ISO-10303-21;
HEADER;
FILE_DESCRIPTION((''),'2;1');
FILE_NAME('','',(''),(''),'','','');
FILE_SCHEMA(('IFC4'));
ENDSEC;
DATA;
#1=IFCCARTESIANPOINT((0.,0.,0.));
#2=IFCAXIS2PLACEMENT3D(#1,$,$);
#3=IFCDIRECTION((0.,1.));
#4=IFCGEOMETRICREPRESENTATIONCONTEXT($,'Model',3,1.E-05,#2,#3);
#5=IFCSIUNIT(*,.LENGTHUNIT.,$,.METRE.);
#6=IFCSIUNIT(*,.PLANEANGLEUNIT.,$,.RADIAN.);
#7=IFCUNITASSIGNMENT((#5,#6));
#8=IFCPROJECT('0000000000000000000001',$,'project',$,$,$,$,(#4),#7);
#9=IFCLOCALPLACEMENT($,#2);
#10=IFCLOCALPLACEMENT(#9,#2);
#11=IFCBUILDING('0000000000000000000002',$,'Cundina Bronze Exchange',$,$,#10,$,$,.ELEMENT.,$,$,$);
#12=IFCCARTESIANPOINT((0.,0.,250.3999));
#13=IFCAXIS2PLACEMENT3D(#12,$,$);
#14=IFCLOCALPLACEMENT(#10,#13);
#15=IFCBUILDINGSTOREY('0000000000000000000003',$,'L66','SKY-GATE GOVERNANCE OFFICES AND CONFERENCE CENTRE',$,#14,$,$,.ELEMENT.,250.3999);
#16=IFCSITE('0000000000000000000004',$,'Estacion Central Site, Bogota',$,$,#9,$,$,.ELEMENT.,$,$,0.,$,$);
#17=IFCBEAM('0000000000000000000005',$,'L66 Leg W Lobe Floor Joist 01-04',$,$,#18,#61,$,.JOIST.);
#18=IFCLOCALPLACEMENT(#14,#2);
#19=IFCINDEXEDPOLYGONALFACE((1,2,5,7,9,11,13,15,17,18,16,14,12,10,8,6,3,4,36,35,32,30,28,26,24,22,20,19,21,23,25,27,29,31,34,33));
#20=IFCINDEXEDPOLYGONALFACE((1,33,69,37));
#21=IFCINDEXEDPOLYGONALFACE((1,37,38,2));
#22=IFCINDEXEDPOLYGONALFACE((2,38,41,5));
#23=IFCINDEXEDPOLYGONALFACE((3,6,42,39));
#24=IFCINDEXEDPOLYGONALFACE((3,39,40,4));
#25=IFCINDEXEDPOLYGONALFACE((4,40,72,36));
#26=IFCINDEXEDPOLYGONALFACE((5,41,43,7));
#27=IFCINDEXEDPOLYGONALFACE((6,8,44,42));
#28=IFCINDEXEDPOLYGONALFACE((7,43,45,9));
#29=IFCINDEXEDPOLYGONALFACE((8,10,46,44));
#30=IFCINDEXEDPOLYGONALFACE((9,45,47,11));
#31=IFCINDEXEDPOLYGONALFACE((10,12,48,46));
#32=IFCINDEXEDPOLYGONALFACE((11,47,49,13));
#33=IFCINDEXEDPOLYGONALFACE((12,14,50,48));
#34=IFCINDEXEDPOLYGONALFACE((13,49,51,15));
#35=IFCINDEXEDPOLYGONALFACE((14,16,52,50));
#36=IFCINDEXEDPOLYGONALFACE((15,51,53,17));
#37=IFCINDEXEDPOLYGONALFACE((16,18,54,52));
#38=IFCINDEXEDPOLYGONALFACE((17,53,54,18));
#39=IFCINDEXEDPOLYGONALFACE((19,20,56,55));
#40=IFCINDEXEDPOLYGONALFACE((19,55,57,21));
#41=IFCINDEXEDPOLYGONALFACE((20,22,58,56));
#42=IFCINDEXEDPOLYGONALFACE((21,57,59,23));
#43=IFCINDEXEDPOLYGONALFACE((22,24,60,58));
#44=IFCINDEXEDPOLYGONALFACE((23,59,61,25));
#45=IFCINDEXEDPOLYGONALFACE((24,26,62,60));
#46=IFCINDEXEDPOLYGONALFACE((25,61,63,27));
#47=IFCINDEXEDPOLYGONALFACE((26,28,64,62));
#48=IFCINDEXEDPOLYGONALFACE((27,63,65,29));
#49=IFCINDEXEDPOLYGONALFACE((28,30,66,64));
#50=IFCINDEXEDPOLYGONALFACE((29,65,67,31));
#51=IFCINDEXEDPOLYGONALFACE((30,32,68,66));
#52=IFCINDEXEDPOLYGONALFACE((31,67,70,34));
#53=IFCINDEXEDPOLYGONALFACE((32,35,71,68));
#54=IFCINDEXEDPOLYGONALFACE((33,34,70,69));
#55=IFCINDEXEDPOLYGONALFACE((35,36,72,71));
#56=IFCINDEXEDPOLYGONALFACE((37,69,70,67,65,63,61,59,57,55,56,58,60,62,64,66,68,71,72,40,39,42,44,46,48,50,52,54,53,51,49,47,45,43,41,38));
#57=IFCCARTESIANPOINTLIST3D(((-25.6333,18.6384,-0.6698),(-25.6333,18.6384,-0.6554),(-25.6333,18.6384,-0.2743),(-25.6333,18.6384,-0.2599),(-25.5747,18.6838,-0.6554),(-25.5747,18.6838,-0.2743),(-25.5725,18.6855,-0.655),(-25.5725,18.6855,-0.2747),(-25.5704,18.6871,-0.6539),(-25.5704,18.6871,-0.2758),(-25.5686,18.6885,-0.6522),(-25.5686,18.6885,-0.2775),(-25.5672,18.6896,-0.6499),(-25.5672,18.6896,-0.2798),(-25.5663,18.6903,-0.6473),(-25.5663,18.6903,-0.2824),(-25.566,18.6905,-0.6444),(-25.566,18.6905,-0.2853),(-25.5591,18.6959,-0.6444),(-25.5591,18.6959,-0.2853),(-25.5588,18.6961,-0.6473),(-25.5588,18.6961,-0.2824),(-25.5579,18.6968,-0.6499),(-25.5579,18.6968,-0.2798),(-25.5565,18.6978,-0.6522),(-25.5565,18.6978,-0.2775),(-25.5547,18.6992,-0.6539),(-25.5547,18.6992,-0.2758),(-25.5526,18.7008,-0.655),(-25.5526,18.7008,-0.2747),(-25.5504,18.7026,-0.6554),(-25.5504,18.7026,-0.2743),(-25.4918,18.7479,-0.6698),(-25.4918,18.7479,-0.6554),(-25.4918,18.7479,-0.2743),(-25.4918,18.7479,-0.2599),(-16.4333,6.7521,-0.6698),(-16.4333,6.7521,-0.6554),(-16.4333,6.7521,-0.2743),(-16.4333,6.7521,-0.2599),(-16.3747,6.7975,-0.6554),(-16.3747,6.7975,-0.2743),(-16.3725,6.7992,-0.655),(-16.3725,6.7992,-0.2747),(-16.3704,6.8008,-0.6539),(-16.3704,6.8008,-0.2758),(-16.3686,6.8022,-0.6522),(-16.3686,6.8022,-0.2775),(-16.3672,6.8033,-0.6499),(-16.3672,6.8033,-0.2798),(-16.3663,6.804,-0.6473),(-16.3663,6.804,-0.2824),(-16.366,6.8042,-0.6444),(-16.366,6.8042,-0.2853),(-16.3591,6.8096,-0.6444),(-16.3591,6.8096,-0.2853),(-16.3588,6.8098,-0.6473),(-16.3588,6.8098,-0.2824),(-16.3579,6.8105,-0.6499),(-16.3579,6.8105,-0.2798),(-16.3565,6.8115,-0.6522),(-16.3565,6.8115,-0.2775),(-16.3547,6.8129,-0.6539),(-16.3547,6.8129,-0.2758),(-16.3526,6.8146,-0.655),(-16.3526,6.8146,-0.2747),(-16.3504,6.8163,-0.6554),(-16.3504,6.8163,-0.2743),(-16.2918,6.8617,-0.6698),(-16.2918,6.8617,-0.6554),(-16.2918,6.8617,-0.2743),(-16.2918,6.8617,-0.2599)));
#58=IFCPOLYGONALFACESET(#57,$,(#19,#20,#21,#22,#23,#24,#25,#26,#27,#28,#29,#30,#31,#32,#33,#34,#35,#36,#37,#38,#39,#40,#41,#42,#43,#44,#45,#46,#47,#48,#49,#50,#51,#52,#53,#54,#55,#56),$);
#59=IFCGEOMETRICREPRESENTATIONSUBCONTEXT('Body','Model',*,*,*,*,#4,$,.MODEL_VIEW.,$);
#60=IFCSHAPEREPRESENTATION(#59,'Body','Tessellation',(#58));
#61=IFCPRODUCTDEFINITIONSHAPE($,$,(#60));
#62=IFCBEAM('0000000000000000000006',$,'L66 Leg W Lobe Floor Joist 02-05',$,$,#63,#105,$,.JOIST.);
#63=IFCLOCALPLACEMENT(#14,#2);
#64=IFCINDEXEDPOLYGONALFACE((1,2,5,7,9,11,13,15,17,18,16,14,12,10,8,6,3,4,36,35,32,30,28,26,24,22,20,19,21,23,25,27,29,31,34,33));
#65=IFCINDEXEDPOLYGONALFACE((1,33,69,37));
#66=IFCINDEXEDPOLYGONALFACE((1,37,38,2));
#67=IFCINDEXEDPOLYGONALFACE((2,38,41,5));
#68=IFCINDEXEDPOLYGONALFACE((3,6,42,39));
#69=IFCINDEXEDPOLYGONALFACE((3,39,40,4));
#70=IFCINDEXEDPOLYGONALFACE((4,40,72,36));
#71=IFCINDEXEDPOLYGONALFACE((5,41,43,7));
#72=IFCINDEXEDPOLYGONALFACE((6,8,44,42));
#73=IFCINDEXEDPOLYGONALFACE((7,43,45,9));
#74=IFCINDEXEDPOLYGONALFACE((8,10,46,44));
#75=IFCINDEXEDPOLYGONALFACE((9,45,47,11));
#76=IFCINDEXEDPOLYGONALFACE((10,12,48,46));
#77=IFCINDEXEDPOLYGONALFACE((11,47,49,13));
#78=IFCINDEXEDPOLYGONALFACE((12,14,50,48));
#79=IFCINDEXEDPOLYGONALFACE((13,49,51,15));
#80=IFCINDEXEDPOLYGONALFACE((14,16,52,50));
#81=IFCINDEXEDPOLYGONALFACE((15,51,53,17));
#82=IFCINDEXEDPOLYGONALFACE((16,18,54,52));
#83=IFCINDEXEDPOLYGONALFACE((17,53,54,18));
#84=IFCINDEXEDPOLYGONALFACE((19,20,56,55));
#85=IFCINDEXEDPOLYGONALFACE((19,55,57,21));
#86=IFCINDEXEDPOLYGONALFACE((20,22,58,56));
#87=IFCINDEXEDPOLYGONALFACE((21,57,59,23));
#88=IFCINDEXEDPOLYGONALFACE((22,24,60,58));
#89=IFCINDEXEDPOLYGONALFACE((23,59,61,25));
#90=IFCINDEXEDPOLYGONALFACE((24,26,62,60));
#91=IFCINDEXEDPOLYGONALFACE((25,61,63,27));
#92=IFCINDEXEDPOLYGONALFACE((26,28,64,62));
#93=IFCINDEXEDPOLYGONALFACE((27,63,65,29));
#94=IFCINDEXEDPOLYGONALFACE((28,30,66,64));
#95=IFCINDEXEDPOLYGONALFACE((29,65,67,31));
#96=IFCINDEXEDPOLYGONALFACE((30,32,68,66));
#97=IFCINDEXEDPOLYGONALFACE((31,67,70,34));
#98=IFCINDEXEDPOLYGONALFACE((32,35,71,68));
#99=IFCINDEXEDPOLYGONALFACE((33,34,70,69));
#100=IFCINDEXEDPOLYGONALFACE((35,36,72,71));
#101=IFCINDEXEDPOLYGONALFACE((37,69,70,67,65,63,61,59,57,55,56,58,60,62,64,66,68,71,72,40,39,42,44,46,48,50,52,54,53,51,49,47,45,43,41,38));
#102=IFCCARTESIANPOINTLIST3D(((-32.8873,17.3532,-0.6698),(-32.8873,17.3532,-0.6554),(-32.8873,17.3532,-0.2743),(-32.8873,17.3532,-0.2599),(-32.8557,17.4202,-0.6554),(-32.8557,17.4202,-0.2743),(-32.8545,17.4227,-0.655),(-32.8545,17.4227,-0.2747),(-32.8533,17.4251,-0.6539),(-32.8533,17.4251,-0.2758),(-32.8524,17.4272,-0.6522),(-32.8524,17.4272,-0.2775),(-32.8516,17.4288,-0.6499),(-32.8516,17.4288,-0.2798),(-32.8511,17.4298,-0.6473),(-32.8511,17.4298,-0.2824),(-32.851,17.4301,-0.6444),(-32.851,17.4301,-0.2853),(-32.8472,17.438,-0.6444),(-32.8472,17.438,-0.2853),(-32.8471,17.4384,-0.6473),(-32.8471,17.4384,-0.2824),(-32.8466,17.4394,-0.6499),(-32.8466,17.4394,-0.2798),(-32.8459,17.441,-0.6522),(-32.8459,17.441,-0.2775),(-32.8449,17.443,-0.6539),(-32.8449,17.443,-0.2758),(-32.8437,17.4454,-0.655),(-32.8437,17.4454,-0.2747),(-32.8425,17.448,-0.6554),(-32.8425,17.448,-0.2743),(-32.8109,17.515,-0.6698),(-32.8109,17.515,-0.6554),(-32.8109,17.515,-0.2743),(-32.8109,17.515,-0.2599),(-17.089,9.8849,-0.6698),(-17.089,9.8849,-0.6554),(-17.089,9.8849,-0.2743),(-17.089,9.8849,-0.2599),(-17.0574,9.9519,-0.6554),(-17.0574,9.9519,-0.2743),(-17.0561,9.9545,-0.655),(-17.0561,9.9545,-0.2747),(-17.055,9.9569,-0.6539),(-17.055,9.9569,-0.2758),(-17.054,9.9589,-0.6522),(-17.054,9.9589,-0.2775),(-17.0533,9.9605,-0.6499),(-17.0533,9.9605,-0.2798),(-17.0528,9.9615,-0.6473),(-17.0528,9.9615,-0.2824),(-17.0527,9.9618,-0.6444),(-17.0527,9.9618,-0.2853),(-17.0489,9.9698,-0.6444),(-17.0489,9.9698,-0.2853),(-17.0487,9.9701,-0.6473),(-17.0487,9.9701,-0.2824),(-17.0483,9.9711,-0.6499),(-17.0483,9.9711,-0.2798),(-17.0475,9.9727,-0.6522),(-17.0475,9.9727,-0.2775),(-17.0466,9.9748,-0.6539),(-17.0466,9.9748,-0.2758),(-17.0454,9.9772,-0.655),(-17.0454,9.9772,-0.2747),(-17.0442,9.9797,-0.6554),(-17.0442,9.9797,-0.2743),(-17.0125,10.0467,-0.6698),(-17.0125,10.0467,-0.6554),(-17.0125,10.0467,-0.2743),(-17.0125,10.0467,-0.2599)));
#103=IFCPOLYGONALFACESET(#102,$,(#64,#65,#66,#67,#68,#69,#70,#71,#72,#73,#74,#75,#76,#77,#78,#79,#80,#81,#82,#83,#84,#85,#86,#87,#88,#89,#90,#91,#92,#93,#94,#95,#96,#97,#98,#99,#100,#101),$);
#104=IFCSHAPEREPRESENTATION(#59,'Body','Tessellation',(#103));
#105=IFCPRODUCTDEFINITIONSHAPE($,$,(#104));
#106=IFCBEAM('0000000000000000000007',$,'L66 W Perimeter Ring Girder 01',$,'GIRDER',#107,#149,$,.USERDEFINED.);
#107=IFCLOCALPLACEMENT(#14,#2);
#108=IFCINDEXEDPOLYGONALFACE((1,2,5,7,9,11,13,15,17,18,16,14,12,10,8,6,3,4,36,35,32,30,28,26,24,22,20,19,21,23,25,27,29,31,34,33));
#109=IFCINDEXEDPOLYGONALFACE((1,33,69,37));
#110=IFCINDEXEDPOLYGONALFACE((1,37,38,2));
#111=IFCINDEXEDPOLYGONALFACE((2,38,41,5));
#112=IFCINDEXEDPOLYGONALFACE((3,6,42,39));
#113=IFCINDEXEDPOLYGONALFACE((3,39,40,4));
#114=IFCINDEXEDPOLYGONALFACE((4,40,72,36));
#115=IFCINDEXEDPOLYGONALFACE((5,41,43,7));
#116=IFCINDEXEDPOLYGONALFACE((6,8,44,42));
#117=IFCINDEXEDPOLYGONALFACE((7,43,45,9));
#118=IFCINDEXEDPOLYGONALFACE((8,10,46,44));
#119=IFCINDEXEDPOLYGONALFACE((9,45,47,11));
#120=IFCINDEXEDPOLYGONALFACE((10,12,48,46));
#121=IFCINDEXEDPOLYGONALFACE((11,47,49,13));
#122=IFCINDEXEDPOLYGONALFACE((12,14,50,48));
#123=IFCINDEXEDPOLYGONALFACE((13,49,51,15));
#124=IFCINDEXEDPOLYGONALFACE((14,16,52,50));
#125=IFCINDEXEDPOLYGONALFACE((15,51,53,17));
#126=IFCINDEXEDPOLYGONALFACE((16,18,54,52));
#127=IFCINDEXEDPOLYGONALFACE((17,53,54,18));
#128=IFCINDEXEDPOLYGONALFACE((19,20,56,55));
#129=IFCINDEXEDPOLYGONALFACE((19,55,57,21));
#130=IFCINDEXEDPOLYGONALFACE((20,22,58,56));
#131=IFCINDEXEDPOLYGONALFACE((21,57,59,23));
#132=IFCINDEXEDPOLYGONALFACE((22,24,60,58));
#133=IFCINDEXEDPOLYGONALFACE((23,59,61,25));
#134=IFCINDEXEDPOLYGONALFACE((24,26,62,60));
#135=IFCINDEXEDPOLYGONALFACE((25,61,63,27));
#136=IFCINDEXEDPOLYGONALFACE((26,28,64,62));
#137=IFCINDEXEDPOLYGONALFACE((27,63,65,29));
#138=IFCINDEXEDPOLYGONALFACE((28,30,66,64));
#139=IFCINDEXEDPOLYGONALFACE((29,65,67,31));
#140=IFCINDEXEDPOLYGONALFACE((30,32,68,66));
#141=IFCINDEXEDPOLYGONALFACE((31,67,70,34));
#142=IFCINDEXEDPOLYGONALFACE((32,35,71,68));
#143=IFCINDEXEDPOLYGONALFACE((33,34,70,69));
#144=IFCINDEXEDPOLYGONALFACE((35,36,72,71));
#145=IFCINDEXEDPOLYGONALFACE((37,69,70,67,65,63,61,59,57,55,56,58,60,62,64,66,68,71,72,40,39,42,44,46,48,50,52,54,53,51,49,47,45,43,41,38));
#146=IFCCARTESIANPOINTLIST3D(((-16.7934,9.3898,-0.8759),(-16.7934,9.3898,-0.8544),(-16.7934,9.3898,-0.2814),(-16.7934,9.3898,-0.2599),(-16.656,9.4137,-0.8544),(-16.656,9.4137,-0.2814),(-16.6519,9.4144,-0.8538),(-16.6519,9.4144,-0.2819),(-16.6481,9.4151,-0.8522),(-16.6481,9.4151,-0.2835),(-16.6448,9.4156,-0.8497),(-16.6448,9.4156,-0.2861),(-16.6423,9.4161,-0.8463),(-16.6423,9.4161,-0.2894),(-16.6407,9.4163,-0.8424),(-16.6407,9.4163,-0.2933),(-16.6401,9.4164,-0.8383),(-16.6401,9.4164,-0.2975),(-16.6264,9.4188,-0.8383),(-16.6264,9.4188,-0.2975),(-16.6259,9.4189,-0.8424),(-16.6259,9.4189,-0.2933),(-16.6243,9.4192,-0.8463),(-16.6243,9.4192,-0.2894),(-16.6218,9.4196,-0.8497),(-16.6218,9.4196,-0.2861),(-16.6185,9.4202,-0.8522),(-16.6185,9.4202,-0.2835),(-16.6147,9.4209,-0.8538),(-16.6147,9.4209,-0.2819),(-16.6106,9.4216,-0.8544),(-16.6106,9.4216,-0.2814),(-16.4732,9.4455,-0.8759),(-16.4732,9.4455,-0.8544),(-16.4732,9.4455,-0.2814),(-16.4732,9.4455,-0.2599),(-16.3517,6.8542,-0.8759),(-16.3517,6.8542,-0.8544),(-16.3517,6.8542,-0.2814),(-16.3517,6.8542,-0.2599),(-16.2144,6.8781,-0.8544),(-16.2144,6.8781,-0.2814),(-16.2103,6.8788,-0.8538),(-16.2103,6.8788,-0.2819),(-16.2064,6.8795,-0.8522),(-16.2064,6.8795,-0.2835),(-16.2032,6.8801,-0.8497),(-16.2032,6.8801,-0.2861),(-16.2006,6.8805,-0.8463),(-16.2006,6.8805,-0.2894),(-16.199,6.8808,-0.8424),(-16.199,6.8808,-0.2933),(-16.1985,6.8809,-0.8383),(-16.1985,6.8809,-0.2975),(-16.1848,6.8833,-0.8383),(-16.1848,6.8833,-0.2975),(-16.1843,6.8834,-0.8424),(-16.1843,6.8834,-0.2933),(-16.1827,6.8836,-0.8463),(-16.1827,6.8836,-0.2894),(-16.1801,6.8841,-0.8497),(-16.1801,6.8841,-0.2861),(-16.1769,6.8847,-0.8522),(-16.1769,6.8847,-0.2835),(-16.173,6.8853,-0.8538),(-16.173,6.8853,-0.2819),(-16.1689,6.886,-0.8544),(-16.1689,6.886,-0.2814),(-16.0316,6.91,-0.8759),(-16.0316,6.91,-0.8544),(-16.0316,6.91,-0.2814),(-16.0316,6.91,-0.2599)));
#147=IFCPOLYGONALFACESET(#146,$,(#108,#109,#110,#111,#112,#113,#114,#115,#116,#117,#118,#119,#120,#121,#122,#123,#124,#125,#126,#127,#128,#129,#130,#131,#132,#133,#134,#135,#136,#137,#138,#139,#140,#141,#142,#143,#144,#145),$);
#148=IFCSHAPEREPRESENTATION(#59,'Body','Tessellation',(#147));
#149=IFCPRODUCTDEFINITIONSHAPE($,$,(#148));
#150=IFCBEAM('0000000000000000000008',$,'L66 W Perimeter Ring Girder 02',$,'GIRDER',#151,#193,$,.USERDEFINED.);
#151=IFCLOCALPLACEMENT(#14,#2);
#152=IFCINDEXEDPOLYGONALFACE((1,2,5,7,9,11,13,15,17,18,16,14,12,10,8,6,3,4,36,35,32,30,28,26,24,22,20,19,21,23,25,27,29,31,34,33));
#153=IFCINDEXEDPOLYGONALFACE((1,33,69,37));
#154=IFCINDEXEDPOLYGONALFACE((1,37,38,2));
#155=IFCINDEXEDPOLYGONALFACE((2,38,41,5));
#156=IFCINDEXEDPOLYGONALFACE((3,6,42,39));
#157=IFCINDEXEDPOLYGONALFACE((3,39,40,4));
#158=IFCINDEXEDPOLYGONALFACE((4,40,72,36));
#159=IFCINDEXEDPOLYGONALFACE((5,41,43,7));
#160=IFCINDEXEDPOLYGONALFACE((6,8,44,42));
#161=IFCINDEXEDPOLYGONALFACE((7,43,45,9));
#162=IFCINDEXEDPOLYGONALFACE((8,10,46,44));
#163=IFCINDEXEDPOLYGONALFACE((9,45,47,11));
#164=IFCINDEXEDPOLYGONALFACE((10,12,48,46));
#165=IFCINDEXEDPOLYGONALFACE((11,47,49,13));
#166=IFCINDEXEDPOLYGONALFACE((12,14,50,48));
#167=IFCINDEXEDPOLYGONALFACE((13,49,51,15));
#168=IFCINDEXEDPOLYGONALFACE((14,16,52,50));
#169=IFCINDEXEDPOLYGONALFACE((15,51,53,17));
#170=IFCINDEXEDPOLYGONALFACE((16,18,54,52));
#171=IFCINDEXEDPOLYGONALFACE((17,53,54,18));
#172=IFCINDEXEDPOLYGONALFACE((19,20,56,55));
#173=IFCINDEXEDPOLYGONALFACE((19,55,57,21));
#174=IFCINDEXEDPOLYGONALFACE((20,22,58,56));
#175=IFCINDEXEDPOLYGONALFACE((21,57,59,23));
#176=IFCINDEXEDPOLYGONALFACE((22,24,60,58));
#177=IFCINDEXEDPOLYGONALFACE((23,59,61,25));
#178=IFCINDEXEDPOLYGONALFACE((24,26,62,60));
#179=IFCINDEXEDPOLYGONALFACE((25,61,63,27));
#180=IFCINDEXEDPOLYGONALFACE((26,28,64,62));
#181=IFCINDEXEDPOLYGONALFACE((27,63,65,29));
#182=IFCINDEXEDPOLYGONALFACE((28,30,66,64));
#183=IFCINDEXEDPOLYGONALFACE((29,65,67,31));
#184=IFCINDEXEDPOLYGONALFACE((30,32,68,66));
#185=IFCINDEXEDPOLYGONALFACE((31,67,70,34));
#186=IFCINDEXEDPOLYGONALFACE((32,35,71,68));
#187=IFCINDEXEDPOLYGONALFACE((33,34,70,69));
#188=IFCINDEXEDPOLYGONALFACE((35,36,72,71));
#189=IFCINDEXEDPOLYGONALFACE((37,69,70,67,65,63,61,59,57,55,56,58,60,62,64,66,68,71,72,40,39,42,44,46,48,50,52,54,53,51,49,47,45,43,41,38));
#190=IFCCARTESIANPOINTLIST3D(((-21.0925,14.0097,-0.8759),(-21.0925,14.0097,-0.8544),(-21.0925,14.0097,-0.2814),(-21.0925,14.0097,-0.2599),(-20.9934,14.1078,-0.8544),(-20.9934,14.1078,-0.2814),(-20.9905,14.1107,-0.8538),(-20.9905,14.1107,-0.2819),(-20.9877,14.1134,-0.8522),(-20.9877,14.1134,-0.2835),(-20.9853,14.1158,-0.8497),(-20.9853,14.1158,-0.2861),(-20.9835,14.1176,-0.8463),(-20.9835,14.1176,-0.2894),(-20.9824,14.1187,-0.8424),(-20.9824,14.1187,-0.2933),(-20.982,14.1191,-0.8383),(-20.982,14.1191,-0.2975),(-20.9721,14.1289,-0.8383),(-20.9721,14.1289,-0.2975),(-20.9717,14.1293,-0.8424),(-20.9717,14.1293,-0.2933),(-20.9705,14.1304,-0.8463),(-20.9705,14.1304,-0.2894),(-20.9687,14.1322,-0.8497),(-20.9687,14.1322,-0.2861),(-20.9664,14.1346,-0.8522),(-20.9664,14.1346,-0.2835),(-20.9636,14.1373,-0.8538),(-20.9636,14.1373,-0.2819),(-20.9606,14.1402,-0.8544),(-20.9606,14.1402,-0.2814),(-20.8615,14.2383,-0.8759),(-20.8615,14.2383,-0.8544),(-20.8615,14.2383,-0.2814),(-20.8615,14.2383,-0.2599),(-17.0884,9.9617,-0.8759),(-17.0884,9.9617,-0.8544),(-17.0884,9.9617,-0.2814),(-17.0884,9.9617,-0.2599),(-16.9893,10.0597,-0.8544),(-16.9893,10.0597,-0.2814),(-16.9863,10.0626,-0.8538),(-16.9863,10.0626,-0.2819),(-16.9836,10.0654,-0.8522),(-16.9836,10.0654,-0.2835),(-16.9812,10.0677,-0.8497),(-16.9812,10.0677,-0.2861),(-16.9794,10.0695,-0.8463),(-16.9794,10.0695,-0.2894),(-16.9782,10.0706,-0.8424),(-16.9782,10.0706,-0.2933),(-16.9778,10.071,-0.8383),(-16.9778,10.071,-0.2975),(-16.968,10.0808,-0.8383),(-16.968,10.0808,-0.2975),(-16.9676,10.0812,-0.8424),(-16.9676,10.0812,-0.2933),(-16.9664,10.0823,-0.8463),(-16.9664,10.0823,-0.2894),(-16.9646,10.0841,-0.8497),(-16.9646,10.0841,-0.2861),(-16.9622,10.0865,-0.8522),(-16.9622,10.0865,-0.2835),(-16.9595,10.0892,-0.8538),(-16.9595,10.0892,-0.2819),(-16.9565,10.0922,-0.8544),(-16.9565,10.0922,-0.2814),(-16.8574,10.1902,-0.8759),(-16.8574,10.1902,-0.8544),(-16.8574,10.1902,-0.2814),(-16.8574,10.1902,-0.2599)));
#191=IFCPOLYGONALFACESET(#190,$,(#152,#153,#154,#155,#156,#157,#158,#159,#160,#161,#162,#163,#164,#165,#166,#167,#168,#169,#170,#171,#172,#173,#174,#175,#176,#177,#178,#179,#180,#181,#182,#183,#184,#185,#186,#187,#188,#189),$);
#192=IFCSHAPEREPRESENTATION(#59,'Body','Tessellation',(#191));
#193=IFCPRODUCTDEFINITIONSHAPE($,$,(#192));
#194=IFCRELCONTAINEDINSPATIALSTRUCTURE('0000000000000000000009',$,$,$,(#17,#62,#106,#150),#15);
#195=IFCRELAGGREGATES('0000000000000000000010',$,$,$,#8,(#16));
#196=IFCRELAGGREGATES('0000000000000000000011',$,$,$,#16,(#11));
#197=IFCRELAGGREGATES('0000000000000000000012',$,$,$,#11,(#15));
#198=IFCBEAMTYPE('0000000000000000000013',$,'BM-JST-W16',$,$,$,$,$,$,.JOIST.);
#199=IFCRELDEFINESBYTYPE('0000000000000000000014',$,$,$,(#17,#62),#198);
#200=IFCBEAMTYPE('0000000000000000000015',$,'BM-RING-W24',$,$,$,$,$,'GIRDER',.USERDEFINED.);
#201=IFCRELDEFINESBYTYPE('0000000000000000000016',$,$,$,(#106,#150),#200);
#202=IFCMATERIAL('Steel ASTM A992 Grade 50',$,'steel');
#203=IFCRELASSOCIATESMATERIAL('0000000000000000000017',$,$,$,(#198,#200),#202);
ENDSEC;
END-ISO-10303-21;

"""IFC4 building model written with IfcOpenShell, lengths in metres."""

from ifc_helpers import new_model, si_unit, direction, frame, origin, origin_2d, place, context, subcontext, project, spatial, i_section, extrude, material, material_profile, profile_set, type_object, element, save


model = new_model("IFC4")

# Units and contexts
model_context = context("Model", 3, precision=1e-05, world=origin(), true_north=direction((0.0, 1.0)))
body_context = subcontext(model_context, "Body", "Model", "MODEL_VIEW")
ifc_project = project(units=[si_unit("LENGTHUNIT", "METRE"), si_unit("PLANEANGLEUNIT", "RADIAN")], contexts=[model_context])

# Site, building, storey
site_placement = place(None, origin())
site = spatial("IfcSite", under=ifc_project, at=site_placement, Name="Estacion Central Site, Bogota", CompositionType="ELEMENT", RefElevation=0.0)
building_placement = place(site_placement, origin())
building = spatial("IfcBuilding", under=site, at=building_placement, Name="Cundina Bronze Exchange", CompositionType="ELEMENT")
storey_placement = place(building_placement, frame((0.0, 0.0, 250.3999)))
storey = spatial("IfcBuildingStorey", under=building, at=storey_placement, Name="L66", Description="SKY-GATE GOVERNANCE OFFICES AND CONFERENCE CENTRE", CompositionType="ELEMENT", Elevation=250.3999)

# Beams
ifc_material_1 = material(Name="Steel ASTM A992 Grade 50", Category="steel")
ifc_material_profile_1 = material_profile(ifc_material_1, i_section(OverallWidth=0.179, OverallDepth=0.4099, WebThickness=0.0088, FlangeThickness=0.0144, FilletRadius=0.011, at=origin_2d()), Name="W16X45", Category="steel")
ifc_profile_set_1 = profile_set([ifc_material_profile_1], Name="Steel ASTM A992 Grade 50")
beam_type_1 = type_object("IfcBeamType", Name="BM-JST-W16", PredefinedType="JOIST", material=ifc_profile_set_1)
beam_1_placement = place(storey_placement, frame((-16.3625, 6.8069, -0.4648), z_axis=(-0.612078, 0.790798, 0.0), x_axis=(-0.790798, -0.612078, 0.0)))
element("IfcBeam", 1, at=beam_1_placement, inside=storey, type_object=beam_type_1, Name="L66 Leg W Lobe Floor Joist 01-04", PredefinedType="JOIST", context=body_context, shape_type="SweptSolid", body=[
    extrude(i_section(OverallWidth=0.179, OverallDepth=0.4099, WebThickness=0.0088, FlangeThickness=0.0144, FilletRadius=0.011, at=origin_2d()), origin(), (0.0, 0.0, 1.0), 15.0308),
])
beam_2_placement = place(storey_placement, frame((-17.0508, 9.9658, -0.4648), z_axis=(-0.904073, 0.427378, 0.0), x_axis=(-0.427378, -0.904073, 0.0)))
element("IfcBeam", 2, at=beam_2_placement, inside=storey, type_object=beam_type_1, Name="L66 Leg W Lobe Floor Joist 02-05", PredefinedType="JOIST", context=body_context, shape_type="SweptSolid", body=[
    extrude(i_section(OverallWidth=0.179, OverallDepth=0.4099, WebThickness=0.0088, FlangeThickness=0.0144, FilletRadius=0.011, at=origin_2d()), origin(), (0.0, 0.0, 1.0), 17.4746),
])
ifc_material_profile_2 = material_profile(ifc_material_1, i_section(OverallWidth=0.325, OverallDepth=0.616, WebThickness=0.0139, FlangeThickness=0.0215, FilletRadius=0.0161, at=origin_2d()), Name="W24X117", Category="steel")
ifc_profile_set_2 = profile_set([ifc_material_profile_2], Name="Steel ASTM A992 Grade 50")
beam_type_2 = type_object("IfcBeamType", Name="BM-RING-W24", ElementType="GIRDER", PredefinedType="USERDEFINED", material=ifc_profile_set_2)
beam_3_placement = place(storey_placement, frame((-16.1917, 6.8821, -0.5679), z_axis=(-0.171593, 0.985168, 0.0), x_axis=(-0.985168, -0.171593, 0.0)))
element("IfcBeam", 3, at=beam_3_placement, inside=storey, type_object=beam_type_2, Name="L66 W Perimeter Ring Girder 01", ObjectType="GIRDER", PredefinedType="USERDEFINED", context=body_context, shape_type="SweptSolid", body=[
    extrude(i_section(OverallWidth=0.325, OverallDepth=0.616, WebThickness=0.0139, FlangeThickness=0.0215, FilletRadius=0.0161, at=origin_2d()), origin(), (0.0, 0.0, 1.0), 2.5737),
])
beam_4_placement = place(storey_placement, frame((-16.9729, 10.0759, -0.5679), z_axis=(-0.703237, 0.710955, 0.0), x_axis=(-0.710955, -0.703237, 0.0)))
element("IfcBeam", 4, at=beam_4_placement, inside=storey, type_object=beam_type_2, Name="L66 W Perimeter Ring Girder 02", ObjectType="GIRDER", PredefinedType="USERDEFINED", context=body_context, shape_type="SweptSolid", body=[
    extrude(i_section(OverallWidth=0.325, OverallDepth=0.616, WebThickness=0.0139, FlangeThickness=0.0215, FilletRadius=0.0161, at=origin_2d()), origin(), (0.0, 0.0, 1.0), 5.6938),
])

save(model, "model.ifc")
